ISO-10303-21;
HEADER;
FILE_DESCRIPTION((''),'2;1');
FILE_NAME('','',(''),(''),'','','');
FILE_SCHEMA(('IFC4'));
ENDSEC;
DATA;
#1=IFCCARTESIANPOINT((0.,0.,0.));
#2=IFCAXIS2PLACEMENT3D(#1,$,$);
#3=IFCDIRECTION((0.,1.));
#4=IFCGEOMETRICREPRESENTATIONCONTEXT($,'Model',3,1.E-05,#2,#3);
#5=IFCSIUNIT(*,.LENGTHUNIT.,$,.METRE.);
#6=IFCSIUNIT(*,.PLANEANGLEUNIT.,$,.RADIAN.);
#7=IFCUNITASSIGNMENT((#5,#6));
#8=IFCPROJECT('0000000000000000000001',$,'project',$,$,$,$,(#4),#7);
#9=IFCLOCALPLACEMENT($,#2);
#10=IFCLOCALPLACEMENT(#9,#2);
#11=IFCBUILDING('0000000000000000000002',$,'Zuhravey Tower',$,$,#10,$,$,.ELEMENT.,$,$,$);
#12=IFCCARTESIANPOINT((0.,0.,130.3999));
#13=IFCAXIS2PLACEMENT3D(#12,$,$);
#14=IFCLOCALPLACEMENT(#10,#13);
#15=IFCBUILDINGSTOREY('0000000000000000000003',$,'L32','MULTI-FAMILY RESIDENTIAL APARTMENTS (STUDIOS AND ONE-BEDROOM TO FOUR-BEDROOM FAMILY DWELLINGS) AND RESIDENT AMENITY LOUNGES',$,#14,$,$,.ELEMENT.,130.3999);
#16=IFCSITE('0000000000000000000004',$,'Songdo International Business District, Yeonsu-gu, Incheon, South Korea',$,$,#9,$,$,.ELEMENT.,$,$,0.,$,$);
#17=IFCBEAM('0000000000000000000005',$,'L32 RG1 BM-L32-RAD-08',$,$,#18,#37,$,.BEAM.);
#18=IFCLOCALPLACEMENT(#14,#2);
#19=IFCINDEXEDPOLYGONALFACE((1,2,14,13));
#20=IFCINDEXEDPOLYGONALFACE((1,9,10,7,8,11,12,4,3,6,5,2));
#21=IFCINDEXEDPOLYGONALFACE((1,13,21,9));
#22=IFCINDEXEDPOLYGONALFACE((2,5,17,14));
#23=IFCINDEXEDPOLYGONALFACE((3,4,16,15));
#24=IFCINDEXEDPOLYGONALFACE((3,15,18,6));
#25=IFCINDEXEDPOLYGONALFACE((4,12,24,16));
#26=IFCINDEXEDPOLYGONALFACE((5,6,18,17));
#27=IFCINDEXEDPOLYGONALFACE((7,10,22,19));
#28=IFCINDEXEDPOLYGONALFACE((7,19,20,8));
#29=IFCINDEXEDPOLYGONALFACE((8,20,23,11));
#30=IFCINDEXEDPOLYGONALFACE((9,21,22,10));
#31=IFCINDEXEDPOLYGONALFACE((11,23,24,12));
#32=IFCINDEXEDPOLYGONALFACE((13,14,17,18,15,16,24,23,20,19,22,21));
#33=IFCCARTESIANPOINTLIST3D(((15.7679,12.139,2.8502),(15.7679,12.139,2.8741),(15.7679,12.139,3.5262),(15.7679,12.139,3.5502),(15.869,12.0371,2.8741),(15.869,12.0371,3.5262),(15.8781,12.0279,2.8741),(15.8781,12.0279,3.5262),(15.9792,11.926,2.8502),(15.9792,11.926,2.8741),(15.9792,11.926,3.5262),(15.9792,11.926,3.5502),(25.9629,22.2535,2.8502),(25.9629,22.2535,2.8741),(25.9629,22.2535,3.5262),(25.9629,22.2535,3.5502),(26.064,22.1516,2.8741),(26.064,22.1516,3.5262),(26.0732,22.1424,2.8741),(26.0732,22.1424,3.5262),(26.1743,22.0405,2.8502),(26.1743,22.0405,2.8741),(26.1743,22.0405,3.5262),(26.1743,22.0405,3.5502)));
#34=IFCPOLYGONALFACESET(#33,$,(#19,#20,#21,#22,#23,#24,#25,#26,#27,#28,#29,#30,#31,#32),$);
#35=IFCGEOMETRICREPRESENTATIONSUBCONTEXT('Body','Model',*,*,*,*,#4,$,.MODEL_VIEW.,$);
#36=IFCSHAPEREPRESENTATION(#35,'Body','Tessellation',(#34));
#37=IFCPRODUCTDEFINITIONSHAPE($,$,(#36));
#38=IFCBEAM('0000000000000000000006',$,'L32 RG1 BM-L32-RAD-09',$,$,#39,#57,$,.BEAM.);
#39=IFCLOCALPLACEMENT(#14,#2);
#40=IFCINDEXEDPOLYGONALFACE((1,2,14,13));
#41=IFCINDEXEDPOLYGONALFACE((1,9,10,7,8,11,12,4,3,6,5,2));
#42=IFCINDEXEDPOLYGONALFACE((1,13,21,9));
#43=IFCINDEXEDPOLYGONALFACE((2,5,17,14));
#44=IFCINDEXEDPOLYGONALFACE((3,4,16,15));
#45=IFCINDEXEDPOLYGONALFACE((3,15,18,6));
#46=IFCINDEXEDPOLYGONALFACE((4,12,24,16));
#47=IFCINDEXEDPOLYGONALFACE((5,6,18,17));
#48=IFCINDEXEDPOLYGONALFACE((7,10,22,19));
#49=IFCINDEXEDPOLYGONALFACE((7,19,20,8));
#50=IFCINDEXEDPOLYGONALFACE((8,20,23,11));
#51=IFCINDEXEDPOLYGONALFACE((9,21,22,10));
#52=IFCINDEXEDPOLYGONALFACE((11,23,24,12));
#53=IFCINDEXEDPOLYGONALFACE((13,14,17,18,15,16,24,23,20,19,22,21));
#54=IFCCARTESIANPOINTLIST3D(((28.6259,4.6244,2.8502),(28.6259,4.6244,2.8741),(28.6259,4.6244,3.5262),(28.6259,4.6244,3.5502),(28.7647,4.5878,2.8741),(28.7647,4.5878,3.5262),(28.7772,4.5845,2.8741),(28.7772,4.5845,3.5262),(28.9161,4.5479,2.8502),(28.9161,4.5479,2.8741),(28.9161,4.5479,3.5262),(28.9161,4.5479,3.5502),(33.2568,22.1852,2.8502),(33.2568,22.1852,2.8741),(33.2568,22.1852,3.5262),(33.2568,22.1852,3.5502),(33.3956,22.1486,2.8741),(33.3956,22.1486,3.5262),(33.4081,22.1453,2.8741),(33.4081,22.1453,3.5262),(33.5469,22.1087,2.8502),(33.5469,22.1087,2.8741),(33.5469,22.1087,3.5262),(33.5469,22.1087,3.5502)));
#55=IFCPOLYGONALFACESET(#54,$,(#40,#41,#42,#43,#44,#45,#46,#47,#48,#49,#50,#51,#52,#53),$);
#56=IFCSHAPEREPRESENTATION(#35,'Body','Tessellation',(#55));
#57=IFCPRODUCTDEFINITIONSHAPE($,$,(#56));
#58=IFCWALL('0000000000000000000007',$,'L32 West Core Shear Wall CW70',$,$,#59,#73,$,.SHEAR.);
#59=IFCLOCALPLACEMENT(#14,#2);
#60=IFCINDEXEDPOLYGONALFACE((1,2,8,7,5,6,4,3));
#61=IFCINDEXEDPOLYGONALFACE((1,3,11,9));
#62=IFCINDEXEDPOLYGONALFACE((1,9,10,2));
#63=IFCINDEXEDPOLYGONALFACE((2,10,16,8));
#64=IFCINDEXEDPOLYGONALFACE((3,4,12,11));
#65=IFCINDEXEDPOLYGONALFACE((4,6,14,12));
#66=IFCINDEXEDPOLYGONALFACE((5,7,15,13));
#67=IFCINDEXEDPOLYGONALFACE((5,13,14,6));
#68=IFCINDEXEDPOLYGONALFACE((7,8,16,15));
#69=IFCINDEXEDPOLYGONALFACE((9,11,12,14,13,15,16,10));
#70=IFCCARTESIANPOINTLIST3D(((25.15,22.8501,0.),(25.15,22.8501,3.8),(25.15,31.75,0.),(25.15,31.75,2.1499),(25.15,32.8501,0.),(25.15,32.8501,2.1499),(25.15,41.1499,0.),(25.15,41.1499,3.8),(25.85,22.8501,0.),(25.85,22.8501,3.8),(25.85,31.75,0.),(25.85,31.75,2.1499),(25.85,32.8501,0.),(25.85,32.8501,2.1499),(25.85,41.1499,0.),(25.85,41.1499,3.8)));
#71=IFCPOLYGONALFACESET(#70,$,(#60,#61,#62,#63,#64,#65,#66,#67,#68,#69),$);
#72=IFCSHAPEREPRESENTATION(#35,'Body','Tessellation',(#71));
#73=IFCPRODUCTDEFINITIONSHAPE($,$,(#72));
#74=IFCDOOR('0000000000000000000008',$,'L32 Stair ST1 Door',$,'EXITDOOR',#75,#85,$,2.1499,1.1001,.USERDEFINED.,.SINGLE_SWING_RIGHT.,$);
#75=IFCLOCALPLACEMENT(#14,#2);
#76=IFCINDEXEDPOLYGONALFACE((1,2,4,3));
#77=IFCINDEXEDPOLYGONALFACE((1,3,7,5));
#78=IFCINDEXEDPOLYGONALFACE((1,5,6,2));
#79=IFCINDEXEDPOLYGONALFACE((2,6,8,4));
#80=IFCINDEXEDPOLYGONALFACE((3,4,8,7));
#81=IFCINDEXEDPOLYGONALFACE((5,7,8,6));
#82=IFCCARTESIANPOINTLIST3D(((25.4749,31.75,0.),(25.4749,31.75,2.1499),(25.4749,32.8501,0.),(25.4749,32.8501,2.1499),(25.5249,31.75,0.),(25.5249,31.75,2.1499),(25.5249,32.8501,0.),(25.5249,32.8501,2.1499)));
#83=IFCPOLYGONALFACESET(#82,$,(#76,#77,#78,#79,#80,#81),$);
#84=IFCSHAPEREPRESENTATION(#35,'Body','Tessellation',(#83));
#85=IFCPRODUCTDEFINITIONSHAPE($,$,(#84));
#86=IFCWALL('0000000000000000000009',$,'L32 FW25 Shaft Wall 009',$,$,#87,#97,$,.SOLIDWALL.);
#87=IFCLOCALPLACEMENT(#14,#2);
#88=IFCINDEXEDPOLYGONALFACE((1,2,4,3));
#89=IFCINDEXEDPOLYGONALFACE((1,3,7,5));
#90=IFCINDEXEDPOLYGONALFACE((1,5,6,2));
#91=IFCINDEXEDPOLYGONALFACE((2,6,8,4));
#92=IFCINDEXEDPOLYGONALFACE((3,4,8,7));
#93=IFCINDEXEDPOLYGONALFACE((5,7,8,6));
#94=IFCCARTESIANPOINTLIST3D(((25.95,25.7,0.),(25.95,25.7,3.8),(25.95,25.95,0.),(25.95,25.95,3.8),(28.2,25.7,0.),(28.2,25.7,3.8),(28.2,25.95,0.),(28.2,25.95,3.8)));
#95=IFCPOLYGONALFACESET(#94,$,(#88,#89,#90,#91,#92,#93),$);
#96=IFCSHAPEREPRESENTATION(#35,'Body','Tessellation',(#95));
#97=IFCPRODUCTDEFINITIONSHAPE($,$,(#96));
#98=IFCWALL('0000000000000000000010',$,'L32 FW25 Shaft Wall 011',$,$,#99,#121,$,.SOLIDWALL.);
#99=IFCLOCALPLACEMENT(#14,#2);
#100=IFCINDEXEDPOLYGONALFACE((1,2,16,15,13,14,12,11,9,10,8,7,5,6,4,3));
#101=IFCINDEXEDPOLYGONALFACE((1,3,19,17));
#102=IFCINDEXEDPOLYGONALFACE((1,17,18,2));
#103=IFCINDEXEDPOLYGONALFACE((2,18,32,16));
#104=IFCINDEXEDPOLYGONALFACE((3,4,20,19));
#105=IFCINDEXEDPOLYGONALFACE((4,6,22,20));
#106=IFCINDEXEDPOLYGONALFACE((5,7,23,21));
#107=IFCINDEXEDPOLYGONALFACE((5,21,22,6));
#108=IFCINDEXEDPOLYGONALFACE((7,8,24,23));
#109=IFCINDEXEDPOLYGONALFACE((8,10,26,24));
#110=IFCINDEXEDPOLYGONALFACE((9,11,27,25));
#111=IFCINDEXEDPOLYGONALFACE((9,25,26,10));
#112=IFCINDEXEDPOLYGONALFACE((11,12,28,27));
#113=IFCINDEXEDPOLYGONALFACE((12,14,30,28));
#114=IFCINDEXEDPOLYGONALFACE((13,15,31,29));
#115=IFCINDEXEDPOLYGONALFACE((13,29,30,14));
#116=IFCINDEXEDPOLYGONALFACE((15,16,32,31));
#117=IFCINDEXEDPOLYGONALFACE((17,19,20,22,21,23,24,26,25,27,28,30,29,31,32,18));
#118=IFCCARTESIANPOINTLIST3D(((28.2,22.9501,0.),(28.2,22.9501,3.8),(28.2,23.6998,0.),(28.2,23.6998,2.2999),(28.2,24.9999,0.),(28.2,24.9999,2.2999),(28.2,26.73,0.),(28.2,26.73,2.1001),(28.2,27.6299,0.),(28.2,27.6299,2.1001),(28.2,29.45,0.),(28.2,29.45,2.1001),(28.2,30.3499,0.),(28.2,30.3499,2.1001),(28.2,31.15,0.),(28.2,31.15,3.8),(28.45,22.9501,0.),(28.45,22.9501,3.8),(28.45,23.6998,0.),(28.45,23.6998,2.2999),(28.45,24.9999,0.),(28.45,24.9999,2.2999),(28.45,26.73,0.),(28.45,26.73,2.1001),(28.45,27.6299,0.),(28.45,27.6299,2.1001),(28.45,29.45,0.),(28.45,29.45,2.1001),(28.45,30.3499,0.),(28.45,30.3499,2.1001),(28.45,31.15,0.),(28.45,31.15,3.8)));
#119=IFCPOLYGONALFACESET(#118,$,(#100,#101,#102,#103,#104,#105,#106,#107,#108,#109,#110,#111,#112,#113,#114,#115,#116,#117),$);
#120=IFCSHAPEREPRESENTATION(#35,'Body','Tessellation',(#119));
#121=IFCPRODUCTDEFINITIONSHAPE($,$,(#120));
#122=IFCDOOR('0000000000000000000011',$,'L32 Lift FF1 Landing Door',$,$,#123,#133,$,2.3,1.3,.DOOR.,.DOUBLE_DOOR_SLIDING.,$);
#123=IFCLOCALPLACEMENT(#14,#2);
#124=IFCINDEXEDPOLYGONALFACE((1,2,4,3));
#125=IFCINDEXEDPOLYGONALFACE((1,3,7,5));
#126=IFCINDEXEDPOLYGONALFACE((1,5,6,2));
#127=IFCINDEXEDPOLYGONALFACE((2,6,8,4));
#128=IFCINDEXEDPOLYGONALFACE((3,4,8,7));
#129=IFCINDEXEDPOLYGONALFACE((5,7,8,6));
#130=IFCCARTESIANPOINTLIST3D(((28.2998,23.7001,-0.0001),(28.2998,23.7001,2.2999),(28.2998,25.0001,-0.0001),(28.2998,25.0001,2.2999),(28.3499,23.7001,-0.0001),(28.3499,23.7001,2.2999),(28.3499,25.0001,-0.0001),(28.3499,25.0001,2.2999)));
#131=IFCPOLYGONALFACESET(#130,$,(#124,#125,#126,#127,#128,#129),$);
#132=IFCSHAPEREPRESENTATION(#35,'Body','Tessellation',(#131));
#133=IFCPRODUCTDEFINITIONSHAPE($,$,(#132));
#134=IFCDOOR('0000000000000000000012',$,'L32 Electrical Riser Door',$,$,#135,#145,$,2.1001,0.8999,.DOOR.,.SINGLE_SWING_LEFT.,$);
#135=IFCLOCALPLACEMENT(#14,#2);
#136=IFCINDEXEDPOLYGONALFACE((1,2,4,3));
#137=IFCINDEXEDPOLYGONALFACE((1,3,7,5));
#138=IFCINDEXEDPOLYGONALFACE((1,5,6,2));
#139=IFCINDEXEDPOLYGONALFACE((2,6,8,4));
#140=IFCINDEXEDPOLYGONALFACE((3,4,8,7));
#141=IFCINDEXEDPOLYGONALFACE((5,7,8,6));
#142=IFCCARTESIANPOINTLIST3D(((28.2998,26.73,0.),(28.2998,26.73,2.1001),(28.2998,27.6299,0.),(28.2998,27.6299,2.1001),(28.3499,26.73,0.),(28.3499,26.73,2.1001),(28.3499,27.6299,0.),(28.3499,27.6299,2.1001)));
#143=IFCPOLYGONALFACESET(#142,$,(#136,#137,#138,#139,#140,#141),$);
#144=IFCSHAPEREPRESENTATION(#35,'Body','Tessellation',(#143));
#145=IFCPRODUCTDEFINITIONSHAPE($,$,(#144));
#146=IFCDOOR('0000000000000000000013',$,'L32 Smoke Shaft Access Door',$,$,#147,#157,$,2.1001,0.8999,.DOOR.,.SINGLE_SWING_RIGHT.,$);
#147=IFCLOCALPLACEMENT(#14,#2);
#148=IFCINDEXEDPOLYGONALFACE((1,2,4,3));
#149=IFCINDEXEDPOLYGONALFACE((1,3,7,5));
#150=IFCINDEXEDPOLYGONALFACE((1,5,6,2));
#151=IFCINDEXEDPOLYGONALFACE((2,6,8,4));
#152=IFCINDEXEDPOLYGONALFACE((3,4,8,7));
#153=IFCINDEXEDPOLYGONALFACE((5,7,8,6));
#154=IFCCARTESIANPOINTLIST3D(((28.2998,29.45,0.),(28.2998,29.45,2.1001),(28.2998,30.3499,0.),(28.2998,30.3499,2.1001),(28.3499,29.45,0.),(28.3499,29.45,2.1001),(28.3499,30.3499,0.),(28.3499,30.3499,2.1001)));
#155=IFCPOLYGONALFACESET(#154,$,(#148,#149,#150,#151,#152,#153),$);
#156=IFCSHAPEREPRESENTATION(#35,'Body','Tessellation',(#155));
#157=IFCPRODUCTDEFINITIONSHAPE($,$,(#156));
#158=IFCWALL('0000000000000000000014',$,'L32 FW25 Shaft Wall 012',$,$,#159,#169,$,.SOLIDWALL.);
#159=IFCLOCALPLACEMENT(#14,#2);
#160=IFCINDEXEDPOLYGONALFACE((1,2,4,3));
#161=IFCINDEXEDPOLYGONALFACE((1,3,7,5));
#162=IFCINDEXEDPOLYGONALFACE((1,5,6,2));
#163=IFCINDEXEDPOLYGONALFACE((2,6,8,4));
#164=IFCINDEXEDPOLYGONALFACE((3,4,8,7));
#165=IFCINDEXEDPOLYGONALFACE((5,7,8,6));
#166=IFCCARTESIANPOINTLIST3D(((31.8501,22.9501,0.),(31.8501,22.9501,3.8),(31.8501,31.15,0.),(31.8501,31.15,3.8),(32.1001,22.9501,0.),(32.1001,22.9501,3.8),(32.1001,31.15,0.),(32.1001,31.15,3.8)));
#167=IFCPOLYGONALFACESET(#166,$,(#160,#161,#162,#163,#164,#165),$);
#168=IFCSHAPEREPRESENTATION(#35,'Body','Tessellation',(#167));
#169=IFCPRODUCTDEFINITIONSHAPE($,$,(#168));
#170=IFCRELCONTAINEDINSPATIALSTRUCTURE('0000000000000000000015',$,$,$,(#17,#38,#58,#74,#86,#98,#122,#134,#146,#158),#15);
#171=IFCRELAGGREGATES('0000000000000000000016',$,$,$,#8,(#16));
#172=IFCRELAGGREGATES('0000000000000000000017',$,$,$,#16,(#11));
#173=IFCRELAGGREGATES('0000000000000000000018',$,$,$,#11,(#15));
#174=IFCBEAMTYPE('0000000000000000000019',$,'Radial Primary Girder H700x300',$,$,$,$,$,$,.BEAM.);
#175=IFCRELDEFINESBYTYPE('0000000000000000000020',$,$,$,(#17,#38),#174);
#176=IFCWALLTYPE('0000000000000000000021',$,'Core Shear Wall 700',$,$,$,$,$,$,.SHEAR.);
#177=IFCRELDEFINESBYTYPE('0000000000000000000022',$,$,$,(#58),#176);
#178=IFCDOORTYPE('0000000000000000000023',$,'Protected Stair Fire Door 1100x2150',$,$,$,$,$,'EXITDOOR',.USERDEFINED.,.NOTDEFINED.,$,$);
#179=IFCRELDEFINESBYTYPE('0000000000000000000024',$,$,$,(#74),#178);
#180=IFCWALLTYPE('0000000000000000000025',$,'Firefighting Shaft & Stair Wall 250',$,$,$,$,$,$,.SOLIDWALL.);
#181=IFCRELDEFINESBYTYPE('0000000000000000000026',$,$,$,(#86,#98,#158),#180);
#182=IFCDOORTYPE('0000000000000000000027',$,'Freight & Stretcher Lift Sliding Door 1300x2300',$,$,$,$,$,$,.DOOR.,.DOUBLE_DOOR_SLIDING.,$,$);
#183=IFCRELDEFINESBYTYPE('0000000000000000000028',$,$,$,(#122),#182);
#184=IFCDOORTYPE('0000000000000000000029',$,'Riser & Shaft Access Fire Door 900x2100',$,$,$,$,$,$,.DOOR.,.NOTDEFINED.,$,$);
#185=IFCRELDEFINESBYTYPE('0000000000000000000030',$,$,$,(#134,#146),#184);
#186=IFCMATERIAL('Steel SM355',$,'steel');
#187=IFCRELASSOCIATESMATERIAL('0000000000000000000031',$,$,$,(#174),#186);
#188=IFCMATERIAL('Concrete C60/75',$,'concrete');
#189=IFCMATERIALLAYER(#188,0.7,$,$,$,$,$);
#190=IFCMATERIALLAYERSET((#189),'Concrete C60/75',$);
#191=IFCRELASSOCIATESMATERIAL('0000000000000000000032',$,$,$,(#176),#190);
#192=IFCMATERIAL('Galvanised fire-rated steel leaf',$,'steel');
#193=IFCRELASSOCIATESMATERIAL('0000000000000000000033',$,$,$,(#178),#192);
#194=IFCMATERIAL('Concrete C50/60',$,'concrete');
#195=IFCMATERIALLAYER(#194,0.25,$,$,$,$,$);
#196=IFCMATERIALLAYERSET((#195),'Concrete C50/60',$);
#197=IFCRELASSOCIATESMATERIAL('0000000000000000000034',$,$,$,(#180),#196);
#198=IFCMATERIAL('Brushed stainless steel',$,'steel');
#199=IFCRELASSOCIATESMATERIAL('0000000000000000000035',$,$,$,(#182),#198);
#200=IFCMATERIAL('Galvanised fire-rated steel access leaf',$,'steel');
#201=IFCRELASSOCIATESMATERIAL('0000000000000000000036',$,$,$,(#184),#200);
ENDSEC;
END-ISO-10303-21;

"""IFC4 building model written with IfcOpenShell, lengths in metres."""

from ifc_helpers import new_model, si_unit, direction, frame, frame_2d, origin, origin_2d, place, context, subcontext, project, spatial, rectangle, i_section, extrude, material, layer, layer_set, material_profile, profile_set, type_object, element, fill, save


model = new_model("IFC4")

# Units and contexts
model_context = context("Model", 3, precision=1e-05, world=origin(), true_north=direction((0.0, 1.0)))
body_context = subcontext(model_context, "Body", "Model", "MODEL_VIEW")
ifc_project = project(units=[si_unit("LENGTHUNIT", "METRE"), si_unit("PLANEANGLEUNIT", "RADIAN")], contexts=[model_context])

# Site, building, storey
site_placement = place(None, origin())
site = spatial("IfcSite", under=ifc_project, at=site_placement, Name="Songdo International Business District, Yeonsu-gu, Incheon, South Korea", CompositionType="ELEMENT", RefElevation=0.0)
building_placement = place(site_placement, origin())
building = spatial("IfcBuilding", under=site, at=building_placement, Name="Zuhravey Tower", CompositionType="ELEMENT")
storey_placement = place(building_placement, frame((0.0, 0.0, 130.3999)))
storey = spatial("IfcBuildingStorey", under=building, at=storey_placement, Name="L32", Description="MULTI-FAMILY RESIDENTIAL APARTMENTS (STUDIOS AND ONE-BEDROOM TO FOUR-BEDROOM FAMILY DWELLINGS) AND RESIDENT AMENITY LOUNGES", CompositionType="ELEMENT", Elevation=130.3999)

# Beams
ifc_material_1 = material(Name="Steel SM355", Category="steel")
ifc_material_profile = material_profile(ifc_material_1, i_section(OverallWidth=0.3, OverallDepth=0.7, WebThickness=0.0129, FlangeThickness=0.0239, at=origin_2d()), Name="H-700x300x13x24")
ifc_profile_set = profile_set([ifc_material_profile], Name="Steel SM355")
beam_type = type_object("IfcBeamType", Name="Radial Primary Girder H700x300", PredefinedType="BEAM", material=ifc_profile_set)
beam_1_placement = place(storey_placement, frame((26.0686, 22.147, 3.2002), z_axis=(-0.709906, -0.704296, 0.0), x_axis=(0.704296, -0.709906, 0.0)))
element("IfcBeam", 1, at=beam_1_placement, inside=storey, type_object=beam_type, Name="L32 RG1 BM-L32-RAD-08", PredefinedType="BEAM", context=body_context, shape_type="SweptSolid", body=[
    extrude(i_section(OverallWidth=0.3, OverallDepth=0.7, WebThickness=0.0129, FlangeThickness=0.0239, at=origin_2d()), origin(), (0.0, 0.0, 1.0), 14.3611),
])
beam_2_placement = place(storey_placement, frame((33.4019, 22.147, 3.2002), z_axis=(-0.254988, -0.966944, 0.0), x_axis=(0.966944, -0.254988, 0.0)))
element("IfcBeam", 2, at=beam_2_placement, inside=storey, type_object=beam_type, Name="L32 RG1 BM-L32-RAD-09", PredefinedType="BEAM", context=body_context, shape_type="SweptSolid", body=[
    extrude(i_section(OverallWidth=0.3, OverallDepth=0.7, WebThickness=0.0129, FlangeThickness=0.0239, at=origin_2d()), origin(), (0.0, 0.0, 1.0), 18.1611),
])

# Wall, opening, door
ifc_material_2 = material(Name="Concrete C60/75", Category="concrete")
ifc_layer_1 = layer(ifc_material_2, 0.7)
ifc_layer_set_1 = layer_set([ifc_layer_1], Name="Concrete C60/75")
wall_type_1 = type_object("IfcWallType", Name="Core Shear Wall 700", PredefinedType="SHEAR", material=ifc_layer_set_1)
ifc_material_3 = material(Name="Galvanised fire-rated steel leaf", Category="steel")
wall_1_placement = place(storey_placement, frame((25.5, 22.8501, 0.0), z_axis=(0.0, 0.0, 1.0), x_axis=(0.0, 1.0, 0.0)))
wall_1 = element("IfcWall", 3, at=wall_1_placement, inside=storey, type_object=wall_type_1, Name="L32 West Core Shear Wall CW70", PredefinedType="SHEAR", context=body_context, shape_type="SweptSolid", body=[
    extrude(rectangle(XDim=18.2998, YDim=0.7, at=frame_2d((9.1499, 0.0))), origin(), (0.0, 0.0, 1.0), 3.8),
])
opening_1_placement = place(wall_1_placement, frame((8.8999, 0.0, 0.0)))
opening_1 = element("IfcOpeningElement", 4, at=opening_1_placement, cuts=wall_1, PredefinedType="OPENING", context=body_context, shape_type="SweptSolid", body=[
    extrude(rectangle(XDim=1.1001, YDim=2.1499, at=frame_2d((0.55, 1.075))), frame((0.0, 0.3621, 0.0), z_axis=(0.0, -1.0, 0.0), x_axis=(1.0, 0.0, 0.0)), (0.0, 0.0, 1.0), 0.7239),
])
door_type_1 = type_object("IfcDoorType", Name="Protected Stair Fire Door 1100x2150", ElementType="EXITDOOR", OperationType="NOTDEFINED", PredefinedType="USERDEFINED", material=ifc_material_3)
door_1_placement = place(opening_1_placement, frame((1.1001, 0.0, 0.0), z_axis=(0.0, 0.0, 1.0), x_axis=(-1.0, 0.0, 0.0)))
door_1 = element("IfcDoor", 5, at=door_1_placement, inside=storey, type_object=door_type_1, Name="L32 Stair ST1 Door", ObjectType="EXITDOOR", OperationType="SINGLE_SWING_RIGHT", OverallHeight=2.1499, OverallWidth=1.1001, PredefinedType="USERDEFINED", context=body_context, shape_type="SweptSolid", body=[
    extrude(rectangle(XDim=1.1001, YDim=2.1499, at=frame_2d((0.55, 1.075))), frame((0.0, 0.0249, 0.0), z_axis=(0.0, -1.0, 0.0), x_axis=(1.0, 0.0, 0.0)), (0.0, 0.0, 1.0), 0.05),
])
fill(opening_1, door_1)

# Wall
ifc_material_4 = material(Name="Concrete C50/60", Category="concrete")
ifc_layer_2 = layer(ifc_material_4, 0.25)
ifc_layer_set_2 = layer_set([ifc_layer_2], Name="Concrete C50/60")
wall_type_2 = type_object("IfcWallType", Name="Firefighting Shaft & Stair Wall 250", PredefinedType="SOLIDWALL", material=ifc_layer_set_2)
wall_2_placement = place(storey_placement, frame((25.95, 25.825, 0.0), z_axis=(0.0, 0.0, 1.0), x_axis=(1.0, 0.0, 0.0)))
element("IfcWall", 6, at=wall_2_placement, inside=storey, type_object=wall_type_2, Name="L32 FW25 Shaft Wall 009", PredefinedType="SOLIDWALL", context=body_context, shape_type="SweptSolid", body=[
    extrude(rectangle(XDim=2.25, YDim=0.25, at=frame_2d((1.125, 0.0))), origin(), (0.0, 0.0, 1.0), 3.8),
])

# Wall, openings, doors
wall_3_placement = place(storey_placement, frame((28.325, 22.95, 0.0), z_axis=(0.0, 0.0, 1.0), x_axis=(0.0, 1.0, 0.0)))
wall_3 = element("IfcWall", 7, at=wall_3_placement, inside=storey, type_object=wall_type_2, Name="L32 FW25 Shaft Wall 011", PredefinedType="SOLIDWALL", context=body_context, shape_type="SweptSolid", body=[
    extrude(rectangle(XDim=8.2, YDim=0.25, at=frame_2d((4.1001, 0.0))), origin(), (0.0, 0.0, 1.0), 3.8),
])
opening_2_placement = place(wall_3_placement, frame((0.75, 0.0, 0.0)))
opening_2 = element("IfcOpeningElement", 8, at=opening_2_placement, cuts=wall_3, PredefinedType="OPENING", context=body_context, shape_type="SweptSolid", body=[
    extrude(rectangle(XDim=1.3, YDim=2.3, at=frame_2d((0.6499, 1.1499))), frame((0.0, 0.137, 0.0), z_axis=(0.0, -1.0, 0.0), x_axis=(1.0, 0.0, 0.0)), (0.0, 0.0, 1.0), 0.2739),
])
opening_3_placement = place(wall_3_placement, frame((3.78, 0.0, 0.0)))
opening_3 = element("IfcOpeningElement", 9, at=opening_3_placement, cuts=wall_3, PredefinedType="OPENING", context=body_context, shape_type="SweptSolid", body=[
    extrude(rectangle(XDim=0.8999, YDim=2.1001, at=frame_2d((0.45, 1.05))), frame((0.0, 0.137, 0.0), z_axis=(0.0, -1.0, 0.0), x_axis=(1.0, 0.0, 0.0)), (0.0, 0.0, 1.0), 0.2739),
])
opening_4_placement = place(wall_3_placement, frame((6.5, 0.0, 0.0)))
opening_4 = element("IfcOpeningElement", 10, at=opening_4_placement, cuts=wall_3, PredefinedType="OPENING", context=body_context, shape_type="SweptSolid", body=[
    extrude(rectangle(XDim=0.8999, YDim=2.1001, at=frame_2d((0.45, 1.05))), frame((0.0, 0.137, 0.0), z_axis=(0.0, -1.0, 0.0), x_axis=(1.0, 0.0, 0.0)), (0.0, 0.0, 1.0), 0.2739),
])
ifc_material_5 = material(Name="Brushed stainless steel", Category="steel")
door_type_2 = type_object("IfcDoorType", Name="Freight & Stretcher Lift Sliding Door 1300x2300", OperationType="DOUBLE_DOOR_SLIDING", PredefinedType="DOOR", material=ifc_material_5)
door_2_placement = place(opening_2_placement, frame((1.3, 0.0, 0.0), z_axis=(0.0, 0.0, 1.0), x_axis=(-1.0, 0.0, 0.0)))
door_2 = element("IfcDoor", 11, at=door_2_placement, inside=storey, type_object=door_type_2, Name="L32 Lift FF1 Landing Door", OperationType="DOUBLE_DOOR_SLIDING", OverallHeight=2.3, OverallWidth=1.3, PredefinedType="DOOR", context=body_context, shape_type="SweptSolid", body=[
    extrude(rectangle(XDim=1.3, YDim=2.3, at=frame_2d((0.6499, 1.1499))), frame((0.0, 0.0249, 0.0), z_axis=(0.0, -1.0, 0.0), x_axis=(1.0, 0.0, 0.0)), (0.0, 0.0, 1.0), 0.05),
])
fill(opening_2, door_2)
ifc_material_6 = material(Name="Galvanised fire-rated steel access leaf", Category="steel")
door_type_3 = type_object("IfcDoorType", Name="Riser & Shaft Access Fire Door 900x2100", OperationType="NOTDEFINED", PredefinedType="DOOR", material=ifc_material_6)
door_3_placement = place(opening_3_placement, frame((0.8999, 0.0, 0.0), z_axis=(0.0, 0.0, 1.0), x_axis=(-1.0, 0.0, 0.0)))
door_3 = element("IfcDoor", 12, at=door_3_placement, inside=storey, type_object=door_type_3, Name="L32 Electrical Riser Door", OperationType="SINGLE_SWING_LEFT", OverallHeight=2.1001, OverallWidth=0.8999, PredefinedType="DOOR", context=body_context, shape_type="SweptSolid", body=[
    extrude(rectangle(XDim=0.8999, YDim=2.1001, at=frame_2d((0.45, 1.05))), frame((0.0, 0.0249, 0.0), z_axis=(0.0, -1.0, 0.0), x_axis=(1.0, 0.0, 0.0)), (0.0, 0.0, 1.0), 0.05),
])
fill(opening_3, door_3)
door_4_placement = place(opening_4_placement, frame((0.8999, 0.0, 0.0), z_axis=(0.0, 0.0, 1.0), x_axis=(-1.0, 0.0, 0.0)))
door_4 = element("IfcDoor", 13, at=door_4_placement, inside=storey, type_object=door_type_3, Name="L32 Smoke Shaft Access Door", OperationType="SINGLE_SWING_RIGHT", OverallHeight=2.1001, OverallWidth=0.8999, PredefinedType="DOOR", context=body_context, shape_type="SweptSolid", body=[
    extrude(rectangle(XDim=0.8999, YDim=2.1001, at=frame_2d((0.45, 1.05))), frame((0.0, 0.0249, 0.0), z_axis=(0.0, -1.0, 0.0), x_axis=(1.0, 0.0, 0.0)), (0.0, 0.0, 1.0), 0.05),
])
fill(opening_4, door_4)

# Wall
wall_4_placement = place(storey_placement, frame((31.9751, 22.95, 0.0), z_axis=(0.0, 0.0, 1.0), x_axis=(0.0, 1.0, 0.0)))
element("IfcWall", 14, at=wall_4_placement, inside=storey, type_object=wall_type_2, Name="L32 FW25 Shaft Wall 012", PredefinedType="SOLIDWALL", context=body_context, shape_type="SweptSolid", body=[
    extrude(rectangle(XDim=8.2, YDim=0.25, at=frame_2d((4.1001, 0.0))), origin(), (0.0, 0.0, 1.0), 3.8),
])

save(model, "model.ifc")
